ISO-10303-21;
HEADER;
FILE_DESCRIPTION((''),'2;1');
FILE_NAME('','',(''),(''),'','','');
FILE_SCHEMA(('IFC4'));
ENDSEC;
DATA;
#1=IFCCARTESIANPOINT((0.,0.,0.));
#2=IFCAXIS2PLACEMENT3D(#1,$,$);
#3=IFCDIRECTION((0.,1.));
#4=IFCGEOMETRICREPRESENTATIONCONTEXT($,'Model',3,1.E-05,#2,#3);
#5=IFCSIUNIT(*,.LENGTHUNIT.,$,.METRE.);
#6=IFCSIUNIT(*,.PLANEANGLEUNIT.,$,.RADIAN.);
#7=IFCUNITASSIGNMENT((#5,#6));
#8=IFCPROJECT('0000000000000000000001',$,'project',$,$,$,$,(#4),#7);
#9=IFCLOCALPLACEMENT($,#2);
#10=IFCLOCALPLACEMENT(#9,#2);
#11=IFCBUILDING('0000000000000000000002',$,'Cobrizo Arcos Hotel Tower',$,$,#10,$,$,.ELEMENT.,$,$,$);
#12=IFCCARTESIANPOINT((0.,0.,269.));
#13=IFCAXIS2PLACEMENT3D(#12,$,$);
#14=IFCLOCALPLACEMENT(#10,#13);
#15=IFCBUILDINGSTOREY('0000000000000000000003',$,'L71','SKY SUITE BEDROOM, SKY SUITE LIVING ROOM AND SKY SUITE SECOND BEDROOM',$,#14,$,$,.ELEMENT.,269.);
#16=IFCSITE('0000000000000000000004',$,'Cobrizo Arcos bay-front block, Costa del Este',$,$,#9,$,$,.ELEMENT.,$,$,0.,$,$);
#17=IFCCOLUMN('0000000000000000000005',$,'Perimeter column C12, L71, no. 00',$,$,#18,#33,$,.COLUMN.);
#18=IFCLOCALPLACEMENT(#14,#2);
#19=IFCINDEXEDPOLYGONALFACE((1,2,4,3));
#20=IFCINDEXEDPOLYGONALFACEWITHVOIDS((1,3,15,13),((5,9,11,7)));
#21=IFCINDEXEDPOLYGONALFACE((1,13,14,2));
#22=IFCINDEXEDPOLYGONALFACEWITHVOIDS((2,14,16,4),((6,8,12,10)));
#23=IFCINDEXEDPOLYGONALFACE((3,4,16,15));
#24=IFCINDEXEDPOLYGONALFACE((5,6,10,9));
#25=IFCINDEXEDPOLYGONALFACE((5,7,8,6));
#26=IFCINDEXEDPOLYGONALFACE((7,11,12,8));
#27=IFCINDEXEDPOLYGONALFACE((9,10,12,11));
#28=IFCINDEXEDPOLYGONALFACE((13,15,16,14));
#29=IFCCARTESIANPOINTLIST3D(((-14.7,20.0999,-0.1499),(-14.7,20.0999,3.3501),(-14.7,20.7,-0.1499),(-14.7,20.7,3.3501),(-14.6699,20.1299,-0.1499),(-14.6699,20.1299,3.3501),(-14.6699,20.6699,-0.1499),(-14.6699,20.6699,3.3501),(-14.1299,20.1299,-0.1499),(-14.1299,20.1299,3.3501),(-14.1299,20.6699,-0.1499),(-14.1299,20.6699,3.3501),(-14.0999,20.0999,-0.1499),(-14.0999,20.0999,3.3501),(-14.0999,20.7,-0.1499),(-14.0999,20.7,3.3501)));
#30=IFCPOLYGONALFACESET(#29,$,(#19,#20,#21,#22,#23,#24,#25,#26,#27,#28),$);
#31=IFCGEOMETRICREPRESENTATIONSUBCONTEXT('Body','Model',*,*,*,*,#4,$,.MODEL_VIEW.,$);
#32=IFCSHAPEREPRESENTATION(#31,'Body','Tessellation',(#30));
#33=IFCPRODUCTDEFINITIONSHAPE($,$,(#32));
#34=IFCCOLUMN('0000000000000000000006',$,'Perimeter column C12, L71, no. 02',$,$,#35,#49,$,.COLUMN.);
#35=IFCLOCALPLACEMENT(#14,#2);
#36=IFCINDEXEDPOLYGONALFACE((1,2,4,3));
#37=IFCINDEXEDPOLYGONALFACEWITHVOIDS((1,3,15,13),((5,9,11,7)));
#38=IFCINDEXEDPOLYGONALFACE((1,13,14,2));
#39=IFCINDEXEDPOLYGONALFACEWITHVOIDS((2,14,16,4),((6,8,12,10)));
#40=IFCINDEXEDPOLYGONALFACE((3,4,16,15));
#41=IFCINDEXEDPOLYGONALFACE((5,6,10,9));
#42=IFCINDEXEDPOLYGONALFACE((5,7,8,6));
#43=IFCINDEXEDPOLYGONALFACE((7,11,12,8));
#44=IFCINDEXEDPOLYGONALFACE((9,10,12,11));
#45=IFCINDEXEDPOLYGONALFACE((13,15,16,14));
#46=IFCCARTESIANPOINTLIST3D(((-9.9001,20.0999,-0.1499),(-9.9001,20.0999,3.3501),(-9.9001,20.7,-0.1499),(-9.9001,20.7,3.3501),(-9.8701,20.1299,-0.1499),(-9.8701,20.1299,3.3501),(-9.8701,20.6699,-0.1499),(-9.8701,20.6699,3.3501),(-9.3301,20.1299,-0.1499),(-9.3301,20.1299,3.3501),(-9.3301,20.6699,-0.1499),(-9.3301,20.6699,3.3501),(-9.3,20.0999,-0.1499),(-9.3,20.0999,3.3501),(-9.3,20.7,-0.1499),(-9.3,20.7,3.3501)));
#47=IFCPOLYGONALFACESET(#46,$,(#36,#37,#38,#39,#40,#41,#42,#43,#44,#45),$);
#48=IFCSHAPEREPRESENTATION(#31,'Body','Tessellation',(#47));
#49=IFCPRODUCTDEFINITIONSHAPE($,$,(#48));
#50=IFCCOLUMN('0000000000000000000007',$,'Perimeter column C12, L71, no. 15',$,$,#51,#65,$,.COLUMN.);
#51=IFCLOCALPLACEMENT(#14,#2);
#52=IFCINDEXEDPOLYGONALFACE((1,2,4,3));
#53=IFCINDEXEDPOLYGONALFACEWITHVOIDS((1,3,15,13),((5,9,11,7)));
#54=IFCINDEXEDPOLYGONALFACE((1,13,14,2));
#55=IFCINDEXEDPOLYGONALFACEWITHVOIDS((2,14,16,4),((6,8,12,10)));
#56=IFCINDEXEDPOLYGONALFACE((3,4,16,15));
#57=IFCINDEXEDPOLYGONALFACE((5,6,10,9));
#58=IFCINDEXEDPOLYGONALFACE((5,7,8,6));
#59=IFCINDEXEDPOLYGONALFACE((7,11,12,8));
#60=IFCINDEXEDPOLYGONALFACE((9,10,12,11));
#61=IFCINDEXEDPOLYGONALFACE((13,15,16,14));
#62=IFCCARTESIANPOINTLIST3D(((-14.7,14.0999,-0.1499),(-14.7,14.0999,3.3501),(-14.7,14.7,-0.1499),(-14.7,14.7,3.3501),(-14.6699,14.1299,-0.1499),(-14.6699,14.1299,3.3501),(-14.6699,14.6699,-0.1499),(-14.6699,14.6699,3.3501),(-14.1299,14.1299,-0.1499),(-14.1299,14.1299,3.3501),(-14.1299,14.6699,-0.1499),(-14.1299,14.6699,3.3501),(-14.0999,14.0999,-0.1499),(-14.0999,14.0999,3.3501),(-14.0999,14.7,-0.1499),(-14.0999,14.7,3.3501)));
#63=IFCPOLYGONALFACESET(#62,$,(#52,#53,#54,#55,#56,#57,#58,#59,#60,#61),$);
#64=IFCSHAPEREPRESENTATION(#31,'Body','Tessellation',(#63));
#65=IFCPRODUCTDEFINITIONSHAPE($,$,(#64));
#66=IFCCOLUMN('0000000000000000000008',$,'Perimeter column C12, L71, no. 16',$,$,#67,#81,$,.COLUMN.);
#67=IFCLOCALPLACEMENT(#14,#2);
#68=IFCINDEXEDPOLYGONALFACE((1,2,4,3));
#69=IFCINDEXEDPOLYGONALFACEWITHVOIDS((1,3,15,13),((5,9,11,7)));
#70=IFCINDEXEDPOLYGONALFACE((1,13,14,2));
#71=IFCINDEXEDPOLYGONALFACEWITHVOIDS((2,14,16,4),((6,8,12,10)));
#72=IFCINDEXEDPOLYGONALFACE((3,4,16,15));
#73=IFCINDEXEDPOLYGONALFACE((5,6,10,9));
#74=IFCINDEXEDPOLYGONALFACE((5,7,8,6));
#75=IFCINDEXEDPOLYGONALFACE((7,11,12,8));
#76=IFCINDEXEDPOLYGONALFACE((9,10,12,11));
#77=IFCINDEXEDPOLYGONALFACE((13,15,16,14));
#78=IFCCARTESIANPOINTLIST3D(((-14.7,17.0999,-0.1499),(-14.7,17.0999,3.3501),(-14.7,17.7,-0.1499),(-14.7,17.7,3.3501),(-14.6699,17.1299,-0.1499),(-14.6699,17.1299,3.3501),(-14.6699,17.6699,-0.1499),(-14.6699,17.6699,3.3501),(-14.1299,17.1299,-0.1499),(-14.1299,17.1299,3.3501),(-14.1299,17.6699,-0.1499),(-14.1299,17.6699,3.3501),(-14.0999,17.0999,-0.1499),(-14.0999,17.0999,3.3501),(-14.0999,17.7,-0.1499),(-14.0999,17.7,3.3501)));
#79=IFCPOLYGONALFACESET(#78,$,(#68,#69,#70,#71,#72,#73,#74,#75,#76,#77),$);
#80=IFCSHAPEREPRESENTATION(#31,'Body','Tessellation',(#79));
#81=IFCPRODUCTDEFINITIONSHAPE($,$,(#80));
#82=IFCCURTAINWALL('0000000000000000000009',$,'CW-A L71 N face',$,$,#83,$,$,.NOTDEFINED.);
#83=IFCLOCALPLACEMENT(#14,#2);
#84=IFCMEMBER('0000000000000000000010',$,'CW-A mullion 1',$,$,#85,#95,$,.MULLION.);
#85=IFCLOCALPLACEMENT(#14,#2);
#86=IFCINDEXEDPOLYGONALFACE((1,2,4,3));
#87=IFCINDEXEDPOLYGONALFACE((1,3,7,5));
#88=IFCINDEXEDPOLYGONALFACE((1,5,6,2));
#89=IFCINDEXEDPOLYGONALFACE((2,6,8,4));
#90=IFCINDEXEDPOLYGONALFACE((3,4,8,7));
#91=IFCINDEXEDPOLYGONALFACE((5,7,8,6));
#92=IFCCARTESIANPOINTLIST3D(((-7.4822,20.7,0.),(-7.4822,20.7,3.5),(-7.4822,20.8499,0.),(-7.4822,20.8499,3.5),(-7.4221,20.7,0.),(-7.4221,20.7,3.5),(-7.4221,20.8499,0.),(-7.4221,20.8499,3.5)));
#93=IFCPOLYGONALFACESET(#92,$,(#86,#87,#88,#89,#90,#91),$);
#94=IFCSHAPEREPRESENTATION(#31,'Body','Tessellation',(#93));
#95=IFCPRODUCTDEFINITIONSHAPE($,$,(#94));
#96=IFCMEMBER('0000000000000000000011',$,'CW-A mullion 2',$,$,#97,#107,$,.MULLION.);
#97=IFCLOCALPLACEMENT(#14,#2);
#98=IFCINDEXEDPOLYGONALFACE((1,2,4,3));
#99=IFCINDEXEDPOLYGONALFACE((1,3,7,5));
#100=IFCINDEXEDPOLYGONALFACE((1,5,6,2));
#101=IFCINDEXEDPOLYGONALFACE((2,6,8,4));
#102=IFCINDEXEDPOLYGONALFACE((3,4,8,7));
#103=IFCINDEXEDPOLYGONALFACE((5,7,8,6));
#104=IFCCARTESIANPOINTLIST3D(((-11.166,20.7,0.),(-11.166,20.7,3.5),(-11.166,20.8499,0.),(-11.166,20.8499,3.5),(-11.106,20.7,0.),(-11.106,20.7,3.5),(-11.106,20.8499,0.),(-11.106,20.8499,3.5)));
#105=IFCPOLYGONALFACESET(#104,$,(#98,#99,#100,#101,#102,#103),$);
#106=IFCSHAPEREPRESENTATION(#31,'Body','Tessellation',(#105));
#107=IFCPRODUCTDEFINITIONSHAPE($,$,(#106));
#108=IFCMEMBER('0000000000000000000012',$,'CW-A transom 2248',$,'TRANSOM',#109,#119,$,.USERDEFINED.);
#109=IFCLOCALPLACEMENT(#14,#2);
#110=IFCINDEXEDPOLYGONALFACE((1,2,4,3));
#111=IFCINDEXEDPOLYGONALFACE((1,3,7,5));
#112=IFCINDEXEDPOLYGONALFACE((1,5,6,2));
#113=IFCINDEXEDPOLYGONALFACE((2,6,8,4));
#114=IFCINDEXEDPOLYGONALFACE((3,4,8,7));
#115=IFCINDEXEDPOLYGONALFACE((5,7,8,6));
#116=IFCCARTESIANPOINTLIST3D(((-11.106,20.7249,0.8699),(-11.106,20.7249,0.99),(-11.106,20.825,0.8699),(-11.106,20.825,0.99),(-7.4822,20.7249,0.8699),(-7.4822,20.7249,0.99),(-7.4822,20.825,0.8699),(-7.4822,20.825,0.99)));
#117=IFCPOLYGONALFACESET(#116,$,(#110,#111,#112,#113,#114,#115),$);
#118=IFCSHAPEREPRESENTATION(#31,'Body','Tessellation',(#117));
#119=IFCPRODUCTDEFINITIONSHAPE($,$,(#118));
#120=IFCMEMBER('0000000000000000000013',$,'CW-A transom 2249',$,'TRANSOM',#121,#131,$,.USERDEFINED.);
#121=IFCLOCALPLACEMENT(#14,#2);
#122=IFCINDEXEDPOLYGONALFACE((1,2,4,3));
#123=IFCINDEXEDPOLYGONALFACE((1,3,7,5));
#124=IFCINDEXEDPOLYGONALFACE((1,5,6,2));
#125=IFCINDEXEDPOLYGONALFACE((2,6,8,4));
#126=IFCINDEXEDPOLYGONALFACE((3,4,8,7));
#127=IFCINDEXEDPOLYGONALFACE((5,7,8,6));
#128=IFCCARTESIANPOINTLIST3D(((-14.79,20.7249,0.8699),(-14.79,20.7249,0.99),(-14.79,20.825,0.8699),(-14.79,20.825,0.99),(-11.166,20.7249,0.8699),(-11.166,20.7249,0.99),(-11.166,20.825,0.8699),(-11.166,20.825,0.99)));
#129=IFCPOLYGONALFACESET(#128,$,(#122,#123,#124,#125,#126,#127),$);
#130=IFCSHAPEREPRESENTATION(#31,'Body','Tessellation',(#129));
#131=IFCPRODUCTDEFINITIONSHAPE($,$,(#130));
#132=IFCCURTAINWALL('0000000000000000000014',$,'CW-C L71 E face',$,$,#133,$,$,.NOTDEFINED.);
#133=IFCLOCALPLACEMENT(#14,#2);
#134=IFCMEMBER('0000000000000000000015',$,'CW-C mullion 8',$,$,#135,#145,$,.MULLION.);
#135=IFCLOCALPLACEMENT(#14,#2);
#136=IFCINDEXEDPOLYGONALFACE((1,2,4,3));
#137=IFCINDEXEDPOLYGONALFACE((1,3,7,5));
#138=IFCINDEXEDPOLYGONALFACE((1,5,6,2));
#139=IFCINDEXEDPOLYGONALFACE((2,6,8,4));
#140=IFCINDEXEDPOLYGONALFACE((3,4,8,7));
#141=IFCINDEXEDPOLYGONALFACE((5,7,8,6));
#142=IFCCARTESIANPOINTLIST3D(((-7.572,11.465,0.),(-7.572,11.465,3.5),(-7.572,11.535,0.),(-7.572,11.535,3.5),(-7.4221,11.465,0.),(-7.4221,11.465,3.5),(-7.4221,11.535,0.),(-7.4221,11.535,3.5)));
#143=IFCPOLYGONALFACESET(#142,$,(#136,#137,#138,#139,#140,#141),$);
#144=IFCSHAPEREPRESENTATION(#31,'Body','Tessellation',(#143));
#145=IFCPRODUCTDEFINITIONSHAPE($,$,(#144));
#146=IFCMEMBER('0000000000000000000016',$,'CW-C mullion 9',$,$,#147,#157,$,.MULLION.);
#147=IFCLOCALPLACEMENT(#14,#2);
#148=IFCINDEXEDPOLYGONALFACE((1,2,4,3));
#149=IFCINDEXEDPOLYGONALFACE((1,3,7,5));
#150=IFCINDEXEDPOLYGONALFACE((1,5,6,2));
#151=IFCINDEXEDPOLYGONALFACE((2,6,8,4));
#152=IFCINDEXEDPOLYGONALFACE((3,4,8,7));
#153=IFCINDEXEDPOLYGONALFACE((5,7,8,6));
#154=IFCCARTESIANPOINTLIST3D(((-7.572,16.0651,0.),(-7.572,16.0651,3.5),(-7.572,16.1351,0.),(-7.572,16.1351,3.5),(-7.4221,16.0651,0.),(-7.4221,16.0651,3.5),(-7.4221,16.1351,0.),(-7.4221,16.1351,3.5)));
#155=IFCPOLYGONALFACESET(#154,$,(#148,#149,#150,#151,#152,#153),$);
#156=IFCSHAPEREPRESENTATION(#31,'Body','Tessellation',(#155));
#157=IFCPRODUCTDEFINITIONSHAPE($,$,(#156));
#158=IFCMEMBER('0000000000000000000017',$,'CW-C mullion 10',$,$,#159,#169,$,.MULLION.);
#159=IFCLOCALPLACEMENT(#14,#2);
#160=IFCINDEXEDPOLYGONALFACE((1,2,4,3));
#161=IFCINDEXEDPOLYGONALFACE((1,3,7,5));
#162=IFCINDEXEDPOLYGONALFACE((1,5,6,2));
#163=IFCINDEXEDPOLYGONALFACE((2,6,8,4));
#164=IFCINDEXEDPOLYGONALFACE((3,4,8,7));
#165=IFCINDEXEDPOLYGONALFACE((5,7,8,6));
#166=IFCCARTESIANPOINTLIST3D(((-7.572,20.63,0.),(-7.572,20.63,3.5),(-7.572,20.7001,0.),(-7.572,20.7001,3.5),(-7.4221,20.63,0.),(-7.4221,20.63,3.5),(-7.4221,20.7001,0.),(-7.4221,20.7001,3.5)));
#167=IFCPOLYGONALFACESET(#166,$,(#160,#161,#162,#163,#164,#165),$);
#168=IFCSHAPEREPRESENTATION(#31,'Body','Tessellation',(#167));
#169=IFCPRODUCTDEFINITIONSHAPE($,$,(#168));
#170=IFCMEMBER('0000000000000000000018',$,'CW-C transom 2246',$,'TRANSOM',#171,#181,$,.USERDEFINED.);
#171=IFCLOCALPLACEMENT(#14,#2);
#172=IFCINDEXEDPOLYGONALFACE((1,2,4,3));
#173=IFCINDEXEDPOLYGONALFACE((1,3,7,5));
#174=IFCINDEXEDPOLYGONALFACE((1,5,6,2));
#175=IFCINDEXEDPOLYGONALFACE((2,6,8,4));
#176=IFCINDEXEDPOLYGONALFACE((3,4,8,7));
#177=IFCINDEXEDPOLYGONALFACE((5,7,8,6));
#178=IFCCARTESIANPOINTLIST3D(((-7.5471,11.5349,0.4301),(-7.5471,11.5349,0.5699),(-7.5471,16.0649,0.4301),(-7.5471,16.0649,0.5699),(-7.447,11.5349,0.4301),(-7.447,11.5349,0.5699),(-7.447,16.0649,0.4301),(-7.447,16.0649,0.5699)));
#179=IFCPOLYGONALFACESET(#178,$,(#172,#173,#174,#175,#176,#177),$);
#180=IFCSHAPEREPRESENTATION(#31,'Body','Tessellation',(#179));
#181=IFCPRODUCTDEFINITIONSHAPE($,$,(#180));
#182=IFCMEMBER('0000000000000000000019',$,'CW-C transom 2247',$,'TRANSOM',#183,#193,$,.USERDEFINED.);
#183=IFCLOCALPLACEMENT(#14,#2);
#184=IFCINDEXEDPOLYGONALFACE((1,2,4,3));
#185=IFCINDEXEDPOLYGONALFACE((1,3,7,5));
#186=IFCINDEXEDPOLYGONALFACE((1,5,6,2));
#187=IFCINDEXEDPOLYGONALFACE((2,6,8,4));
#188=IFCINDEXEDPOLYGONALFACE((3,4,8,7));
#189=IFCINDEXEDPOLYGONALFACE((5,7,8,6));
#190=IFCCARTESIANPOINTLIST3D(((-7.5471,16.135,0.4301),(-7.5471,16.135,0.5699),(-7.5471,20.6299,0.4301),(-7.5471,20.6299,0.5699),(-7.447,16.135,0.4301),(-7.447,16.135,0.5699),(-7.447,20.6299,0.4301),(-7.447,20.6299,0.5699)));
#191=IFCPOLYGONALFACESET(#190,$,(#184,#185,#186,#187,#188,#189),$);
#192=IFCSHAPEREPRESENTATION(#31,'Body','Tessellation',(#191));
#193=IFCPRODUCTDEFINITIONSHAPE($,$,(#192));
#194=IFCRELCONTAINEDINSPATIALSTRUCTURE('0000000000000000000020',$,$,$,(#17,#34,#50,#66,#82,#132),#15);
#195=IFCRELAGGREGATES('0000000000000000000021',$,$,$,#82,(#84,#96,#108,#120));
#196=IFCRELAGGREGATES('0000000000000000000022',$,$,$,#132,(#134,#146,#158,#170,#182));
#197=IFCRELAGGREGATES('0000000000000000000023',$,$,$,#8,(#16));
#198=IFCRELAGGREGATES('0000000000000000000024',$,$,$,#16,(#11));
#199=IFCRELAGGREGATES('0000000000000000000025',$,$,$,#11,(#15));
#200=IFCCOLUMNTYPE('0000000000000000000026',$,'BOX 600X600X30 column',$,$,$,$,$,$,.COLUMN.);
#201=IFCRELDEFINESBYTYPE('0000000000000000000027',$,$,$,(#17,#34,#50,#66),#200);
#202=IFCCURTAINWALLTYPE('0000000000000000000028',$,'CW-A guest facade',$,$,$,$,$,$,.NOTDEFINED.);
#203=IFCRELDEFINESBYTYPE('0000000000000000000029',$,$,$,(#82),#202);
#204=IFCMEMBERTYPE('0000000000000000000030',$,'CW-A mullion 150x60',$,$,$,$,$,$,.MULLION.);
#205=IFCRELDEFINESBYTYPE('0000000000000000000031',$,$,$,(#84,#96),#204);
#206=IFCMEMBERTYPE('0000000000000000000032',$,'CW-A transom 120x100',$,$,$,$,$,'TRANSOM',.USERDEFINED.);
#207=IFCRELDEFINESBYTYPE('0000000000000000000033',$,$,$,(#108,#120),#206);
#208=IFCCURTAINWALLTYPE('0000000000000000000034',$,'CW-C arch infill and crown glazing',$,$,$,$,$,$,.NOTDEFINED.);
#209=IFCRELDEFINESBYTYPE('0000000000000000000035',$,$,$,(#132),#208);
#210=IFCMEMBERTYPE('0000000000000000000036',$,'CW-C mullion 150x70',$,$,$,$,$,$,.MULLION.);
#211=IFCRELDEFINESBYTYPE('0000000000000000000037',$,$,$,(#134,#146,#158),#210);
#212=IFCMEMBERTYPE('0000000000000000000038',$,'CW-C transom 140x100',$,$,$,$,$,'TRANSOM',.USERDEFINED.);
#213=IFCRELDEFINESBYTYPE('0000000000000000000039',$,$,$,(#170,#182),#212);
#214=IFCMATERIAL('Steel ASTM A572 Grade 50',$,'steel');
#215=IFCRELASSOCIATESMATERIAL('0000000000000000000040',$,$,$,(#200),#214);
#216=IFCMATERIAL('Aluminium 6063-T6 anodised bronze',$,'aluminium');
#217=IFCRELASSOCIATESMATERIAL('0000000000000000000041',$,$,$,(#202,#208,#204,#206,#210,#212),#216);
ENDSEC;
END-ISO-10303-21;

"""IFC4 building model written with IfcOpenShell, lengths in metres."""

from ifc_helpers import new_model, si_unit, direction, frame, origin, origin_2d, place, context, subcontext, project, spatial, rectangle, hollow_rectangle, extrude, material, material_profile, profile_set, type_object, element, aggregate, save


model = new_model("IFC4")

# Units and contexts
model_context = context("Model", 3, precision=1e-05, world=origin(), true_north=direction((0.0, 1.0)))
body_context = subcontext(model_context, "Body", "Model", "MODEL_VIEW")
ifc_project = project(units=[si_unit("LENGTHUNIT", "METRE"), si_unit("PLANEANGLEUNIT", "RADIAN")], contexts=[model_context])

# Site, building, storey
site_placement = place(None, origin())
site = spatial("IfcSite", under=ifc_project, at=site_placement, Name="Cobrizo Arcos bay-front block, Costa del Este", CompositionType="ELEMENT", RefElevation=0.0)
building_placement = place(site_placement, origin())
building = spatial("IfcBuilding", under=site, at=building_placement, Name="Cobrizo Arcos Hotel Tower", CompositionType="ELEMENT")
storey_placement = place(building_placement, frame((0.0, 0.0, 269.0)))
storey = spatial("IfcBuildingStorey", under=building, at=storey_placement, Name="L71", Description="SKY SUITE BEDROOM, SKY SUITE LIVING ROOM AND SKY SUITE SECOND BEDROOM", CompositionType="ELEMENT", Elevation=269.0)

# Columns
ifc_material_1 = material(Name="Steel ASTM A572 Grade 50", Category="steel")
ifc_material_profile_1 = material_profile(ifc_material_1, hollow_rectangle(XDim=0.6001, YDim=0.6001, WallThickness=0.03, at=origin_2d()), Name="BOX 600X600X30")
ifc_profile_set_1 = profile_set([ifc_material_profile_1], Name="Steel ASTM A572 Grade 50")
column_type = type_object("IfcColumnType", Name="BOX 600X600X30 column", PredefinedType="COLUMN", material=ifc_profile_set_1)
for number, where, z_axis, x_axis, name in (
    (1, (-14.3999, 20.3999, -0.1499), (0.0, 0.0, 1.0), (1.0, 0.0, 0.0), "Perimeter column C12, L71, no. 00"),
    (2, (-9.6001, 20.3999, -0.1499), (0.0, 0.0, 1.0), (1.0, 0.0, 0.0), "Perimeter column C12, L71, no. 02"),
    (3, (-14.3999, 14.3999, -0.1499), (0.0, 0.0, 1.0), (1.0, 0.0, 0.0), "Perimeter column C12, L71, no. 15"),
    (4, (-14.3999, 17.3999, -0.1499), (0.0, 0.0, 1.0), (1.0, 0.0, 0.0), "Perimeter column C12, L71, no. 16"),
):
    element("IfcColumn", number, at=place(storey_placement, frame(where, z_axis=z_axis, x_axis=x_axis)), inside=storey, type_object=column_type, Name=name, PredefinedType="COLUMN", context=body_context, shape_type="SweptSolid", body=[
        extrude(hollow_rectangle(XDim=0.6001, YDim=0.6001, WallThickness=0.03, at=origin_2d()), origin(), (0.0, 0.0, 1.0), 3.5),
    ])

# Curtain walls, members
ifc_material_2 = material(Name="Aluminium 6063-T6 anodised bronze", Category="aluminium")
curtain_wall_type_1 = type_object("IfcCurtainWallType", Name="CW-A guest facade", PredefinedType="NOTDEFINED", material=ifc_material_2)
curtain_wall_1_placement = place(storey_placement, origin())
curtain_wall_1 = element("IfcCurtainWall", 5, at=curtain_wall_1_placement, inside=storey, type_object=curtain_wall_type_1, Name="CW-A L71 N face", PredefinedType="NOTDEFINED")
ifc_material_profile_2 = material_profile(ifc_material_2, rectangle(XDim=0.1499, YDim=0.0601, at=origin_2d()), Name="CW-A mullion 150x60")
ifc_profile_set_2 = profile_set([ifc_material_profile_2], Name="Aluminium 6063-T6 anodised bronze")
member_type_1 = type_object("IfcMemberType", Name="CW-A mullion 150x60", PredefinedType="MULLION", material=ifc_profile_set_2)
member_1_placement = place(storey_placement, frame((-7.4521, 20.7749, 0.0), z_axis=(0.0, 0.0, 1.0), x_axis=(0.0, 1.0, 0.0)))
member_1 = element("IfcMember", 6, at=member_1_placement, type_object=member_type_1, Name="CW-A mullion 1", PredefinedType="MULLION", context=body_context, shape_type="SweptSolid", body=[
    extrude(rectangle(XDim=0.1499, YDim=0.0601, at=origin_2d()), origin(), (0.0, 0.0, 1.0), 3.5),
])
member_2_placement = place(storey_placement, frame((-11.136, 20.7749, 0.0), z_axis=(0.0, 0.0, 1.0), x_axis=(0.0, 1.0, 0.0)))
member_2 = element("IfcMember", 7, at=member_2_placement, type_object=member_type_1, Name="CW-A mullion 2", PredefinedType="MULLION", context=body_context, shape_type="SweptSolid", body=[
    extrude(rectangle(XDim=0.1499, YDim=0.0601, at=origin_2d()), origin(), (0.0, 0.0, 1.0), 3.5),
])
ifc_material_profile_3 = material_profile(ifc_material_2, rectangle(XDim=0.1001, YDim=0.1201, at=origin_2d()), Name="CW-A transom 120x100")
ifc_profile_set_3 = profile_set([ifc_material_profile_3], Name="Aluminium 6063-T6 anodised bronze")
member_type_2 = type_object("IfcMemberType", Name="CW-A transom 120x100", ElementType="TRANSOM", PredefinedType="USERDEFINED", material=ifc_profile_set_3)
member_3_placement = place(storey_placement, frame((-7.4822, 20.7749, 0.9299), z_axis=(-1.0, 0.0, 0.0), x_axis=(0.0, -1.0, 0.0)))
member_3 = element("IfcMember", 8, at=member_3_placement, type_object=member_type_2, Name="CW-A transom 2248", ObjectType="TRANSOM", PredefinedType="USERDEFINED", context=body_context, shape_type="SweptSolid", body=[
    extrude(rectangle(XDim=0.1001, YDim=0.1201, at=origin_2d()), origin(), (0.0, 0.0, 1.0), 3.6238),
])
member_4_placement = place(storey_placement, frame((-11.166, 20.7749, 0.9299), z_axis=(-1.0, 0.0, 0.0), x_axis=(0.0, -1.0, 0.0)))
member_4 = element("IfcMember", 9, at=member_4_placement, type_object=member_type_2, Name="CW-A transom 2249", ObjectType="TRANSOM", PredefinedType="USERDEFINED", context=body_context, shape_type="SweptSolid", body=[
    extrude(rectangle(XDim=0.1001, YDim=0.1201, at=origin_2d()), origin(), (0.0, 0.0, 1.0), 3.624),
])
curtain_wall_type_2 = type_object("IfcCurtainWallType", Name="CW-C arch infill and crown glazing", PredefinedType="NOTDEFINED", material=ifc_material_2)
curtain_wall_2_placement = place(storey_placement, origin())
curtain_wall_2 = element("IfcCurtainWall", 10, at=curtain_wall_2_placement, inside=storey, type_object=curtain_wall_type_2, Name="CW-C L71 E face", PredefinedType="NOTDEFINED")
ifc_material_profile_4 = material_profile(ifc_material_2, rectangle(XDim=0.1499, YDim=0.0701, at=origin_2d()), Name="CW-C mullion 150x70")
ifc_profile_set_4 = profile_set([ifc_material_profile_4], Name="Aluminium 6063-T6 anodised bronze")
member_type_3 = type_object("IfcMemberType", Name="CW-C mullion 150x70", PredefinedType="MULLION", material=ifc_profile_set_4)
member_5_placement = place(storey_placement, frame((-7.4971, 11.5, 0.0), z_axis=(0.0, 0.0, 1.0), x_axis=(1.0, 0.0, 0.0)))
member_5 = element("IfcMember", 11, at=member_5_placement, type_object=member_type_3, Name="CW-C mullion 8", PredefinedType="MULLION", context=body_context, shape_type="SweptSolid", body=[
    extrude(rectangle(XDim=0.1499, YDim=0.0701, at=origin_2d()), origin(), (0.0, 0.0, 1.0), 3.5),
])
member_6_placement = place(storey_placement, frame((-7.4971, 16.1001, 0.0), z_axis=(0.0, 0.0, 1.0), x_axis=(1.0, 0.0, 0.0)))
member_6 = element("IfcMember", 12, at=member_6_placement, type_object=member_type_3, Name="CW-C mullion 9", PredefinedType="MULLION", context=body_context, shape_type="SweptSolid", body=[
    extrude(rectangle(XDim=0.1499, YDim=0.0701, at=origin_2d()), origin(), (0.0, 0.0, 1.0), 3.5),
])
member_7_placement = place(storey_placement, frame((-7.4971, 20.665, 0.0), z_axis=(0.0, 0.0, 1.0), x_axis=(1.0, 0.0, 0.0)))
member_7 = element("IfcMember", 13, at=member_7_placement, type_object=member_type_3, Name="CW-C mullion 10", PredefinedType="MULLION", context=body_context, shape_type="SweptSolid", body=[
    extrude(rectangle(XDim=0.1499, YDim=0.0701, at=origin_2d()), origin(), (0.0, 0.0, 1.0), 3.5),
])
ifc_material_profile_5 = material_profile(ifc_material_2, rectangle(XDim=0.1001, YDim=0.1399, at=origin_2d()), Name="CW-C transom 140x100")
ifc_profile_set_5 = profile_set([ifc_material_profile_5], Name="Aluminium 6063-T6 anodised bronze")
member_type_4 = type_object("IfcMemberType", Name="CW-C transom 140x100", ElementType="TRANSOM", PredefinedType="USERDEFINED", material=ifc_profile_set_5)
member_8_placement = place(storey_placement, frame((-7.4971, 11.5349, 0.5), z_axis=(0.0, 1.0, 0.0), x_axis=(-1.0, 0.0, 0.0)))
member_8 = element("IfcMember", 14, at=member_8_placement, type_object=member_type_4, Name="CW-C transom 2246", ObjectType="TRANSOM", PredefinedType="USERDEFINED", context=body_context, shape_type="SweptSolid", body=[
    extrude(rectangle(XDim=0.1001, YDim=0.1399, at=origin_2d()), origin(), (0.0, 0.0, 1.0), 4.53),
])
member_9_placement = place(storey_placement, frame((-7.4971, 16.135, 0.5), z_axis=(0.0, 1.0, 0.0), x_axis=(-1.0, 0.0, 0.0)))
member_9 = element("IfcMember", 15, at=member_9_placement, type_object=member_type_4, Name="CW-C transom 2247", ObjectType="TRANSOM", PredefinedType="USERDEFINED", context=body_context, shape_type="SweptSolid", body=[
    extrude(rectangle(XDim=0.1001, YDim=0.1399, at=origin_2d()), origin(), (0.0, 0.0, 1.0), 4.4949),
])

aggregate(curtain_wall_1, [member_1, member_2, member_3, member_4])
aggregate(curtain_wall_2, [member_5, member_6, member_7, member_8, member_9])

save(model, "model.ifc")
